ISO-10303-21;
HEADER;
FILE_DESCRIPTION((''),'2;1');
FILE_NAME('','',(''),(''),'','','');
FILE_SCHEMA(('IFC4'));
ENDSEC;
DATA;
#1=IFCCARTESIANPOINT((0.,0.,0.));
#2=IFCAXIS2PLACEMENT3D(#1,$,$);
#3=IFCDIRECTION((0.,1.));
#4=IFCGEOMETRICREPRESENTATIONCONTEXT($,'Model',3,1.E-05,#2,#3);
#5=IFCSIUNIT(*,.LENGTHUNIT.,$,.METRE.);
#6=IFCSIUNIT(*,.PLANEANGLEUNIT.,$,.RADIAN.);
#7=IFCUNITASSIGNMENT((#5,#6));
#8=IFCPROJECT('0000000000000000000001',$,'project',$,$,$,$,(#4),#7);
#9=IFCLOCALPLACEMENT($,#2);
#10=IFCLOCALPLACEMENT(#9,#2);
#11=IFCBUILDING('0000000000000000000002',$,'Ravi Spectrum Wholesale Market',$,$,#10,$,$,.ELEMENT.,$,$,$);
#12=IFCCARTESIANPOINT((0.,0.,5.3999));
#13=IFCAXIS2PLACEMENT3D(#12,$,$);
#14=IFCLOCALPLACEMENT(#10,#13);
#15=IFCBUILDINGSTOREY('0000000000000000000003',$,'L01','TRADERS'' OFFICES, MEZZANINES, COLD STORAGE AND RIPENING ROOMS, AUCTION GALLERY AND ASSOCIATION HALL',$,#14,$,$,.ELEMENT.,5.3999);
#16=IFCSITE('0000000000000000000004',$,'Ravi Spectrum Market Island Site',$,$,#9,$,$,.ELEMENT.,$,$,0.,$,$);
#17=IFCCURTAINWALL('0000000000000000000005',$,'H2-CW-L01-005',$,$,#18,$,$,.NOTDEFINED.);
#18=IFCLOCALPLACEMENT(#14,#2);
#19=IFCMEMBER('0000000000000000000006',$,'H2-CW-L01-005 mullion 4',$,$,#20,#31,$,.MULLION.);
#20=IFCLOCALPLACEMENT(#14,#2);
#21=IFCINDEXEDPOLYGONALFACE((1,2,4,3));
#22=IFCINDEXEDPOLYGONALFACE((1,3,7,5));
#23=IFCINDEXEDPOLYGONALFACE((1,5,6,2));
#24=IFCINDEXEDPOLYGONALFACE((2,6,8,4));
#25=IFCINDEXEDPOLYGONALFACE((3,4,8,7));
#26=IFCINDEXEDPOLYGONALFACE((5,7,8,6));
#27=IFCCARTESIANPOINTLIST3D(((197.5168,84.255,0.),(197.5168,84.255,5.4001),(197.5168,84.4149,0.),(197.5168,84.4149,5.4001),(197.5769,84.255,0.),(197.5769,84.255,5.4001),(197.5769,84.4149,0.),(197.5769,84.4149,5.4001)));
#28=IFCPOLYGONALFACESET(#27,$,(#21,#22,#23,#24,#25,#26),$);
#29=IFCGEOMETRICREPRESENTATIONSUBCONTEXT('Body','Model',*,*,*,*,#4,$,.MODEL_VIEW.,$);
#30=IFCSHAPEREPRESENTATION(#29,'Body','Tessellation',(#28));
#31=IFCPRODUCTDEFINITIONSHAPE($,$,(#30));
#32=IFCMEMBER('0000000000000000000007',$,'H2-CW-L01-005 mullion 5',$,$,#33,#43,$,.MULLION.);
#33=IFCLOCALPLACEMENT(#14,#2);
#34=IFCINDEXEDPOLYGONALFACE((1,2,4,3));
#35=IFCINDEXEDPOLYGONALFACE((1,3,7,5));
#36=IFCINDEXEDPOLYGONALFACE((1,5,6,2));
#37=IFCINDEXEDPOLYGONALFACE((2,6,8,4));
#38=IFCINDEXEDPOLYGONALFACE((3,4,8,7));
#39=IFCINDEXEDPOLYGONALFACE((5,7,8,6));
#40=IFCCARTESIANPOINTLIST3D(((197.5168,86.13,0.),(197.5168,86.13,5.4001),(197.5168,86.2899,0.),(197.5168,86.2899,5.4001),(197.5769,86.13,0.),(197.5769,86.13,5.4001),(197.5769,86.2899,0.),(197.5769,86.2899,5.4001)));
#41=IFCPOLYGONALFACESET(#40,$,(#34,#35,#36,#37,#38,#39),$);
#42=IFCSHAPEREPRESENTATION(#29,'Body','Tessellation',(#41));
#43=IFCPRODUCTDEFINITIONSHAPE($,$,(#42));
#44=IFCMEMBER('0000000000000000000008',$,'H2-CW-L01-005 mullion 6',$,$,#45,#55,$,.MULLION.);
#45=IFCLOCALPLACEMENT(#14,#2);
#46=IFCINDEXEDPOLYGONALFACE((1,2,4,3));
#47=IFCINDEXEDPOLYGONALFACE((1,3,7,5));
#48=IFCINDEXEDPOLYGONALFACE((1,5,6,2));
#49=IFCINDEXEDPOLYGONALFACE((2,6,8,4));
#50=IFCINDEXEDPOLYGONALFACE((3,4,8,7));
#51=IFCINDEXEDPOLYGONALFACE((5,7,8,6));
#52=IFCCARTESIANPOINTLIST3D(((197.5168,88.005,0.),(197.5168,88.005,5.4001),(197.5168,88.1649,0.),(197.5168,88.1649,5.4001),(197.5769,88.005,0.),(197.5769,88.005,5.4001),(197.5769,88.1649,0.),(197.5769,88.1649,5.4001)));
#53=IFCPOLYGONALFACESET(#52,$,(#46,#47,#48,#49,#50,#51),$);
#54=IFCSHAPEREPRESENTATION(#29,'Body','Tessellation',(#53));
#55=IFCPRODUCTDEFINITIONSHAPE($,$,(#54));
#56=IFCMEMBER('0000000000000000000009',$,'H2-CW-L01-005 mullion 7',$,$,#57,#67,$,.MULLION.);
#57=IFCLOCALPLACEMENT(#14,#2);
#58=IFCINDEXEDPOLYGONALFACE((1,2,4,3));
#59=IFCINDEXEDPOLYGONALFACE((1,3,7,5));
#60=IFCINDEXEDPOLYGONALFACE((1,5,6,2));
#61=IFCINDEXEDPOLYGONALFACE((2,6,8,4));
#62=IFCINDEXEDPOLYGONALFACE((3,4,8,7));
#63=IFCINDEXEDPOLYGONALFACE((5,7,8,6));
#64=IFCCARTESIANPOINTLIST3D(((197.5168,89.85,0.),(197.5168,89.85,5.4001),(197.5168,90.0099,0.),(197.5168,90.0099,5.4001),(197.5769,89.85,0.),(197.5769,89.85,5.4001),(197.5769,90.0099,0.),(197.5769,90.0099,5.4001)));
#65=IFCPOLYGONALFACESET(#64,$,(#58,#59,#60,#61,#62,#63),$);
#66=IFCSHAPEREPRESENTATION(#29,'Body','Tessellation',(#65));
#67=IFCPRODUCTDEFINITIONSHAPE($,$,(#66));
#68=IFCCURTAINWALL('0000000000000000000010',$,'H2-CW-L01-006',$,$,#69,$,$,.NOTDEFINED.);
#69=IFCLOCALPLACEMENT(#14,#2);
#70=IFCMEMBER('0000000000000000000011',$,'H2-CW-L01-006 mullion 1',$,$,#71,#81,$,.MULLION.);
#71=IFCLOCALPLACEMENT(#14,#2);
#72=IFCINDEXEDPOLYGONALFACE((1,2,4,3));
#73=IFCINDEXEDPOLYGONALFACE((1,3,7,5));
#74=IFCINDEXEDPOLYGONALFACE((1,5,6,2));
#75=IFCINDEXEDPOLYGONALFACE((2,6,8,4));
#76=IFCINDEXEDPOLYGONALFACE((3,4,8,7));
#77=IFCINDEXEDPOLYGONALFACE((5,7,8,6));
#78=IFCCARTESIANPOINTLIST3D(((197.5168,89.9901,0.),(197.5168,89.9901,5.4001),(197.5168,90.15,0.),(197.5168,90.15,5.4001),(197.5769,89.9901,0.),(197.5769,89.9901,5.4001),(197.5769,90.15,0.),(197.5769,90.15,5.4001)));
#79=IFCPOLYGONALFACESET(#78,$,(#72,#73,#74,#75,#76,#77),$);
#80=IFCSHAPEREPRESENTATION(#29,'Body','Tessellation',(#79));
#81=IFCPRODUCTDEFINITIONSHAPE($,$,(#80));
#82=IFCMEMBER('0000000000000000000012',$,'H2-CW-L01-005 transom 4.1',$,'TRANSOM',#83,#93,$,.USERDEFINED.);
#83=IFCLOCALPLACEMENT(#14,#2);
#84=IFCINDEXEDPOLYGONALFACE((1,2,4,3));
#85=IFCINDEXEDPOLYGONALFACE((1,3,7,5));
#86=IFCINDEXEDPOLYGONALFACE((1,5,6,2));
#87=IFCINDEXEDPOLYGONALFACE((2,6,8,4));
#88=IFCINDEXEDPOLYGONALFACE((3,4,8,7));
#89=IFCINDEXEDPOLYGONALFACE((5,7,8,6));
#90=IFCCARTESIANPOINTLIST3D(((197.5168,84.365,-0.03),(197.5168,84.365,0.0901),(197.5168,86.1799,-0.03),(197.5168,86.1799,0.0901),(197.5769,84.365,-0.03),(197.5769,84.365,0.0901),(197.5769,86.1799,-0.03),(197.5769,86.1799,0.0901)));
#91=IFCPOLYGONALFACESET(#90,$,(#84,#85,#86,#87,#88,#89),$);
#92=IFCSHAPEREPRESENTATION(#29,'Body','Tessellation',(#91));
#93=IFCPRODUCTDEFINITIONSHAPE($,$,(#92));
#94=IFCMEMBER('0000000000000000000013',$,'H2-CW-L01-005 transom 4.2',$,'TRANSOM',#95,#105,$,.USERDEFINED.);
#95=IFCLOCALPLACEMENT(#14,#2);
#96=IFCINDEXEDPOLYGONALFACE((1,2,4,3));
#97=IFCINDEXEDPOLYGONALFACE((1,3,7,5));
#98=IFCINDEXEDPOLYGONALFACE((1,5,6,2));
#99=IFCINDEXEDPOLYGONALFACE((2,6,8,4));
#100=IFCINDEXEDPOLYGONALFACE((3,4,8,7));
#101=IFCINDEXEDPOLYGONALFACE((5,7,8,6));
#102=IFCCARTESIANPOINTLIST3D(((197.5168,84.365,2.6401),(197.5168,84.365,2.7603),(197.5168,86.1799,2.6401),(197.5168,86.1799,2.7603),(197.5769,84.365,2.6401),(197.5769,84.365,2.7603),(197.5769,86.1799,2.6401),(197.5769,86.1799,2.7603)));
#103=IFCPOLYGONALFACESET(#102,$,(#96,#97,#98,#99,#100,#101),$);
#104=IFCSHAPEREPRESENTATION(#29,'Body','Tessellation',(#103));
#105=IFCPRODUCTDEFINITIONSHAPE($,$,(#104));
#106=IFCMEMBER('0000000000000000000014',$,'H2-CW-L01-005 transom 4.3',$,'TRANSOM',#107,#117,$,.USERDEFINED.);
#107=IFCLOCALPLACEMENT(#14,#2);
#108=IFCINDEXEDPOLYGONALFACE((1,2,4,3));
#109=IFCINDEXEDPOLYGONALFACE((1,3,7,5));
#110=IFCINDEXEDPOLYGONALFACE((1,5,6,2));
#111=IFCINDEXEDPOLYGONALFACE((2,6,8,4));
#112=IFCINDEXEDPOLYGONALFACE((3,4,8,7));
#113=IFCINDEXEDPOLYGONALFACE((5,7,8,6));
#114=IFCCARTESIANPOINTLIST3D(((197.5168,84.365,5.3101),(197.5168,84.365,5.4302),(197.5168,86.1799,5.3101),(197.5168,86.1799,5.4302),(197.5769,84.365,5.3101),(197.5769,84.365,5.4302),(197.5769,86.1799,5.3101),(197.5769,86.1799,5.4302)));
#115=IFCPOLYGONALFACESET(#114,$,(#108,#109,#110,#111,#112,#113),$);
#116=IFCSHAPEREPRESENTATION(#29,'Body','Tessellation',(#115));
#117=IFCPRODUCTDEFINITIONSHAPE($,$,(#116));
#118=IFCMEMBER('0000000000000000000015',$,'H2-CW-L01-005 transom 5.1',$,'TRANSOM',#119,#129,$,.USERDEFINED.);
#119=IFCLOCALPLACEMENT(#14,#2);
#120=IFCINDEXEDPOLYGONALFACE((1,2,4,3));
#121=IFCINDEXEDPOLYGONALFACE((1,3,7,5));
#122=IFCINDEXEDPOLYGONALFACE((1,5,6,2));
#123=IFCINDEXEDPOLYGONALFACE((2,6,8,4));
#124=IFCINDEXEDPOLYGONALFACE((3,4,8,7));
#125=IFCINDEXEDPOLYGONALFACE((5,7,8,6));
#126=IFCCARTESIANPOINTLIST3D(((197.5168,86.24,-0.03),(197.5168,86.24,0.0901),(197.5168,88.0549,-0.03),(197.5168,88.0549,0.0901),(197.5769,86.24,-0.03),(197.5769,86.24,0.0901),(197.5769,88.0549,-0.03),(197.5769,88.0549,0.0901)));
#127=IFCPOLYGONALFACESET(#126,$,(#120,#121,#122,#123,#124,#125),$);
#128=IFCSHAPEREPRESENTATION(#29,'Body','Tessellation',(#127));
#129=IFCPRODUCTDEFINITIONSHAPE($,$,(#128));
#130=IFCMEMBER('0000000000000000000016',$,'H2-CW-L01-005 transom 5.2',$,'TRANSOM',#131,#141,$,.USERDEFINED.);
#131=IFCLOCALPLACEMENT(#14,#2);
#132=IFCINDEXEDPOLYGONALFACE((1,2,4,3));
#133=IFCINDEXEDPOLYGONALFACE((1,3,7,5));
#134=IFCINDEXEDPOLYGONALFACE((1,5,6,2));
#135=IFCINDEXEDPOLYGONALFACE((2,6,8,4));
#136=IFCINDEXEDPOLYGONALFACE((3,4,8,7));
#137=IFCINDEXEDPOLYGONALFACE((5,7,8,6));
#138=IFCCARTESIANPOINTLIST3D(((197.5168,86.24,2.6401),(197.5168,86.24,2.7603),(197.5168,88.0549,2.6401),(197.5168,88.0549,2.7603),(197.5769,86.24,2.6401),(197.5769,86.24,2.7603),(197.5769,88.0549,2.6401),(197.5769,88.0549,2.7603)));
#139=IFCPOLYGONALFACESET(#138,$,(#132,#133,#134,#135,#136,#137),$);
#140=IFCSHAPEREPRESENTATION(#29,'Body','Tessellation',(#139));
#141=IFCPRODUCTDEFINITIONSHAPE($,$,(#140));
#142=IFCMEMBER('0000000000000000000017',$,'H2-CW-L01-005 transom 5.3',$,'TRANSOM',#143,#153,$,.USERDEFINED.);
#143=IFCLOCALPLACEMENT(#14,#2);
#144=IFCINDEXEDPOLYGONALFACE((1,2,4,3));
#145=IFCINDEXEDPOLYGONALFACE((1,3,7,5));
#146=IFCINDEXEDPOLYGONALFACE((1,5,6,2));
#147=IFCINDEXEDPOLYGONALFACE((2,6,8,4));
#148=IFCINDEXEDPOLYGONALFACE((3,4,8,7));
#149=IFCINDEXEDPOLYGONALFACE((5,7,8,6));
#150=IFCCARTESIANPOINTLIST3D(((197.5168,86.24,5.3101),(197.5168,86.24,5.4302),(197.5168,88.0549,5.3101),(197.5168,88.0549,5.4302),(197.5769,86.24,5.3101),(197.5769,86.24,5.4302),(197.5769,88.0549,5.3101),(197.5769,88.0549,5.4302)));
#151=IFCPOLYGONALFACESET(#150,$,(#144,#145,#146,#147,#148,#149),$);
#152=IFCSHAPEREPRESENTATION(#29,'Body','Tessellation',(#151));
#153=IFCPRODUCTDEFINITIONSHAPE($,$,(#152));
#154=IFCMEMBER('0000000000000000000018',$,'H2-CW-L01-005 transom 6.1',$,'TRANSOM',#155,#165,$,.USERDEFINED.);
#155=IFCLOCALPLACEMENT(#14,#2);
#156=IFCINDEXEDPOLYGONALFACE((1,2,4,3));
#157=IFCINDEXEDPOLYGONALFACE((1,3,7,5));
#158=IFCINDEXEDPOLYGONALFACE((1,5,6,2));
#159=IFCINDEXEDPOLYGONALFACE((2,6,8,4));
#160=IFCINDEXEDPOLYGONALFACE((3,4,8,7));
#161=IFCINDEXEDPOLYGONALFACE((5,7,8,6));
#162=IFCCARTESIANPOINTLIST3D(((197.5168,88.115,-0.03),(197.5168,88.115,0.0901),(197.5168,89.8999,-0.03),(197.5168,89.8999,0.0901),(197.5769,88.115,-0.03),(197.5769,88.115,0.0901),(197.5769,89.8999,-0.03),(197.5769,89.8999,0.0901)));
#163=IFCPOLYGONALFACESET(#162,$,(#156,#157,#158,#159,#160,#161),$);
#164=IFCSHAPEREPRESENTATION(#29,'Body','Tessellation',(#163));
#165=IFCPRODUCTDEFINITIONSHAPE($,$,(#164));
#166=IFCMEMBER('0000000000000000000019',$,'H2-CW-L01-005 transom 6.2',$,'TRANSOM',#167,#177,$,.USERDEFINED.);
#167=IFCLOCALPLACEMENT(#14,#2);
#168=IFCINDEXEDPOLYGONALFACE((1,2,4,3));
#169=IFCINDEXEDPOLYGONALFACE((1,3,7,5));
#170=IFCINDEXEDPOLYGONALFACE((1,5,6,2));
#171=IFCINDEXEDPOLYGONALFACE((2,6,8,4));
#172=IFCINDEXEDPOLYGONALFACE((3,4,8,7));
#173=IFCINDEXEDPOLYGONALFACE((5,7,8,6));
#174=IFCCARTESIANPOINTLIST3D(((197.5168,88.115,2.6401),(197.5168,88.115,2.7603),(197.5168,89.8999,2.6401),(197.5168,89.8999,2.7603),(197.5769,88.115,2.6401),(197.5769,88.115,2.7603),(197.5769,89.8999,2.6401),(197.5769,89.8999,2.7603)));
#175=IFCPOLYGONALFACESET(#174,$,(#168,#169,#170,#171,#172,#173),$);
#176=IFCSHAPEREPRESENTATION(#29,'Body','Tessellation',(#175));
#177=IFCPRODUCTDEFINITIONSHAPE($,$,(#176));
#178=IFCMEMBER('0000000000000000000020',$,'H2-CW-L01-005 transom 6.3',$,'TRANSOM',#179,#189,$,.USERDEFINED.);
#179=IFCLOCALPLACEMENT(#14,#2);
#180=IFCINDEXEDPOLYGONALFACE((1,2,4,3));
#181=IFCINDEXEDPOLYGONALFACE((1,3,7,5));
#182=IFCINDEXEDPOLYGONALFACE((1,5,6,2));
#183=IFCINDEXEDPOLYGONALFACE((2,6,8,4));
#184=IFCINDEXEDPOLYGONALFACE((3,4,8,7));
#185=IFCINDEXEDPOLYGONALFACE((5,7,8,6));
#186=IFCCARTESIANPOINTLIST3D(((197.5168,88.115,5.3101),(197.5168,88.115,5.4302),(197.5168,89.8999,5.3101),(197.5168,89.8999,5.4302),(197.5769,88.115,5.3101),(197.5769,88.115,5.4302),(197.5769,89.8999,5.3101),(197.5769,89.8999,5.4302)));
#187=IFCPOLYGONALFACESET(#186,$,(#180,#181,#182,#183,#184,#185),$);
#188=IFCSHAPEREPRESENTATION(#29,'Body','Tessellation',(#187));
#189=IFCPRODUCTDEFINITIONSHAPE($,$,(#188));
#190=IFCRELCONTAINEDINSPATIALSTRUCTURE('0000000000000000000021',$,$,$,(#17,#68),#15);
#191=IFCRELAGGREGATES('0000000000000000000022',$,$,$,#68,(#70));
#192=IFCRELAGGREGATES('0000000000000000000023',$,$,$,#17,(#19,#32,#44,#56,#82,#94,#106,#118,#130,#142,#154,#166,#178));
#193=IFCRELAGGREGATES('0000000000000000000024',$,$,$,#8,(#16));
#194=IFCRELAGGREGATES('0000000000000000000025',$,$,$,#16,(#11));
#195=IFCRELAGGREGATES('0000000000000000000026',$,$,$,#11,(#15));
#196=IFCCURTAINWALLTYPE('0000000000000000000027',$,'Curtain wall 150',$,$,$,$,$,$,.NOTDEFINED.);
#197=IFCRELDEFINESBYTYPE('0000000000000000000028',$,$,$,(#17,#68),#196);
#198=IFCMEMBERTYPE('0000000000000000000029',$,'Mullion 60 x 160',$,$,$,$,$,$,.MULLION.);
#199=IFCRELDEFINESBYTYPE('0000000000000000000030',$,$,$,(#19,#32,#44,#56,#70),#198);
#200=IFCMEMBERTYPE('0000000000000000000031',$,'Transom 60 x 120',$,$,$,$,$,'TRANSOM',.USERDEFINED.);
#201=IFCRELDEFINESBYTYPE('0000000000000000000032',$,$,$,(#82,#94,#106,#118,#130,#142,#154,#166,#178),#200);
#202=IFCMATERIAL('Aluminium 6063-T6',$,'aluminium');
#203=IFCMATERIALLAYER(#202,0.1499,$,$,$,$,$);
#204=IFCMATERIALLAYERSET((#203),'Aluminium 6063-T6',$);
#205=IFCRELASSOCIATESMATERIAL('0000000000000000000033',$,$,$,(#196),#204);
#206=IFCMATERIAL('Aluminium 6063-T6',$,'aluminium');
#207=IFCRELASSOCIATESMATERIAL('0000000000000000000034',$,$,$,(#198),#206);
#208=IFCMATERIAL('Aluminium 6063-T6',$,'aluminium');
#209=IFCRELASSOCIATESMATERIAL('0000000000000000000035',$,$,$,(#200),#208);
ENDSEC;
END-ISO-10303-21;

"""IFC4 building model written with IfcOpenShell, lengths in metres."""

from ifc_helpers import new_model, si_unit, direction, frame, origin, origin_2d, place, context, subcontext, project, spatial, rectangle, extrude, material, layer, layer_set, material_profile, profile_set, type_object, element, aggregate, save


model = new_model("IFC4")

# Units and contexts
model_context = context("Model", 3, precision=1e-05, world=origin(), true_north=direction((0.0, 1.0)))
body_context = subcontext(model_context, "Body", "Model", "MODEL_VIEW")
ifc_project = project(units=[si_unit("LENGTHUNIT", "METRE"), si_unit("PLANEANGLEUNIT", "RADIAN")], contexts=[model_context])

# Site, building, storey
site_placement = place(None, origin())
site = spatial("IfcSite", under=ifc_project, at=site_placement, Name="Ravi Spectrum Market Island Site", CompositionType="ELEMENT", RefElevation=0.0)
building_placement = place(site_placement, origin())
building = spatial("IfcBuilding", under=site, at=building_placement, Name="Ravi Spectrum Wholesale Market", CompositionType="ELEMENT")
storey_placement = place(building_placement, frame((0.0, 0.0, 5.3999)))
storey = spatial("IfcBuildingStorey", under=building, at=storey_placement, Name="L01", Description="TRADERS' OFFICES, MEZZANINES, COLD STORAGE AND RIPENING ROOMS, AUCTION GALLERY AND ASSOCIATION HALL", CompositionType="ELEMENT", Elevation=5.3999)

# Curtain wall, members
ifc_material_1 = material(Name="Aluminium 6063-T6", Category="aluminium")
ifc_layer_1 = layer(ifc_material_1, 0.1499)
ifc_layer_set_1 = layer_set([ifc_layer_1], Name="Aluminium 6063-T6")
curtain_wall_type = type_object("IfcCurtainWallType", Name="Curtain wall 150", PredefinedType="NOTDEFINED", material=ifc_layer_set_1)
curtain_wall_1_placement = place(storey_placement, origin())
curtain_wall_1 = element("IfcCurtainWall", 1, at=curtain_wall_1_placement, inside=storey, type_object=curtain_wall_type, Name="H2-CW-L01-005", PredefinedType="NOTDEFINED")
ifc_material_2 = material(Name="Aluminium 6063-T6", Category="aluminium")
ifc_material_profile_1 = material_profile(ifc_material_2, rectangle(XDim=0.0601, YDim=0.1599, at=origin_2d()))
ifc_profile_set_1 = profile_set([ifc_material_profile_1], Name="Aluminium 6063-T6")
member_type_1 = type_object("IfcMemberType", Name="Mullion 60 x 160", PredefinedType="MULLION", material=ifc_profile_set_1)
member_1_placement = place(storey_placement, frame((197.5469, 84.335, 0.0), z_axis=(0.0, 0.0, 1.0), x_axis=(-1.0, 0.0, 0.0)))
member_1 = element("IfcMember", 2, at=member_1_placement, type_object=member_type_1, Name="H2-CW-L01-005 mullion 4", PredefinedType="MULLION", context=body_context, shape_type="SweptSolid", body=[
    extrude(rectangle(XDim=0.0601, YDim=0.1599, at=origin_2d()), origin(), (0.0, 0.0, 1.0), 5.4001),
])
member_2_placement = place(storey_placement, frame((197.5469, 86.21, 0.0), z_axis=(0.0, 0.0, 1.0), x_axis=(-1.0, 0.0, 0.0)))
member_2 = element("IfcMember", 3, at=member_2_placement, type_object=member_type_1, Name="H2-CW-L01-005 mullion 5", PredefinedType="MULLION", context=body_context, shape_type="SweptSolid", body=[
    extrude(rectangle(XDim=0.0601, YDim=0.1599, at=origin_2d()), origin(), (0.0, 0.0, 1.0), 5.4001),
])
member_3_placement = place(storey_placement, frame((197.5469, 88.085, 0.0), z_axis=(0.0, 0.0, 1.0), x_axis=(-1.0, 0.0, 0.0)))
member_3 = element("IfcMember", 4, at=member_3_placement, type_object=member_type_1, Name="H2-CW-L01-005 mullion 6", PredefinedType="MULLION", context=body_context, shape_type="SweptSolid", body=[
    extrude(rectangle(XDim=0.0601, YDim=0.1599, at=origin_2d()), origin(), (0.0, 0.0, 1.0), 5.4001),
])
member_4_placement = place(storey_placement, frame((197.5469, 89.9299, 0.0), z_axis=(0.0, 0.0, 1.0), x_axis=(-1.0, 0.0, 0.0)))
member_4 = element("IfcMember", 5, at=member_4_placement, type_object=member_type_1, Name="H2-CW-L01-005 mullion 7", PredefinedType="MULLION", context=body_context, shape_type="SweptSolid", body=[
    extrude(rectangle(XDim=0.0601, YDim=0.1599, at=origin_2d()), origin(), (0.0, 0.0, 1.0), 5.4001),
])

# Curtain wall, member
curtain_wall_2_placement = place(storey_placement, origin())
curtain_wall_2 = element("IfcCurtainWall", 6, at=curtain_wall_2_placement, inside=storey, type_object=curtain_wall_type, Name="H2-CW-L01-006", PredefinedType="NOTDEFINED")
member_5_placement = place(storey_placement, frame((197.5469, 90.0701, 0.0), z_axis=(0.0, 0.0, 1.0), x_axis=(-1.0, 0.0, 0.0)))
member_5 = element("IfcMember", 7, at=member_5_placement, type_object=member_type_1, Name="H2-CW-L01-006 mullion 1", PredefinedType="MULLION", context=body_context, shape_type="SweptSolid", body=[
    extrude(rectangle(XDim=0.0601, YDim=0.1599, at=origin_2d()), origin(), (0.0, 0.0, 1.0), 5.4001),
])
aggregate(curtain_wall_2, [member_5])

# Members
ifc_material_3 = material(Name="Aluminium 6063-T6", Category="aluminium")
ifc_material_profile_2 = material_profile(ifc_material_3, rectangle(XDim=0.0601, YDim=0.1201, at=origin_2d()))
ifc_profile_set_2 = profile_set([ifc_material_profile_2], Name="Aluminium 6063-T6")
member_type_2 = type_object("IfcMemberType", Name="Transom 60 x 120", ElementType="TRANSOM", PredefinedType="USERDEFINED", material=ifc_profile_set_2)
member_6_placement = place(storey_placement, frame((197.5469, 84.365, 0.03), z_axis=(0.0, 1.0, 0.0), x_axis=(-1.0, 0.0, 0.0)))
member_6 = element("IfcMember", 8, at=member_6_placement, type_object=member_type_2, Name="H2-CW-L01-005 transom 4.1", ObjectType="TRANSOM", PredefinedType="USERDEFINED", context=body_context, shape_type="SweptSolid", body=[
    extrude(rectangle(XDim=0.0601, YDim=0.1201, at=origin_2d()), origin(), (0.0, 0.0, 1.0), 1.8149),
])
member_7_placement = place(storey_placement, frame((197.5469, 84.365, 2.7002), z_axis=(0.0, 1.0, 0.0), x_axis=(-1.0, 0.0, 0.0)))
member_7 = element("IfcMember", 9, at=member_7_placement, type_object=member_type_2, Name="H2-CW-L01-005 transom 4.2", ObjectType="TRANSOM", PredefinedType="USERDEFINED", context=body_context, shape_type="SweptSolid", body=[
    extrude(rectangle(XDim=0.0601, YDim=0.1201, at=origin_2d()), origin(), (0.0, 0.0, 1.0), 1.8149),
])
member_8_placement = place(storey_placement, frame((197.5469, 84.365, 5.3701), z_axis=(0.0, 1.0, 0.0), x_axis=(-1.0, 0.0, 0.0)))
member_8 = element("IfcMember", 10, at=member_8_placement, type_object=member_type_2, Name="H2-CW-L01-005 transom 4.3", ObjectType="TRANSOM", PredefinedType="USERDEFINED", context=body_context, shape_type="SweptSolid", body=[
    extrude(rectangle(XDim=0.0601, YDim=0.1201, at=origin_2d()), origin(), (0.0, 0.0, 1.0), 1.8149),
])
member_9_placement = place(storey_placement, frame((197.5469, 86.24, 0.03), z_axis=(0.0, 1.0, 0.0), x_axis=(-1.0, 0.0, 0.0)))
member_9 = element("IfcMember", 11, at=member_9_placement, type_object=member_type_2, Name="H2-CW-L01-005 transom 5.1", ObjectType="TRANSOM", PredefinedType="USERDEFINED", context=body_context, shape_type="SweptSolid", body=[
    extrude(rectangle(XDim=0.0601, YDim=0.1201, at=origin_2d()), origin(), (0.0, 0.0, 1.0), 1.8149),
])
member_10_placement = place(storey_placement, frame((197.5469, 86.24, 2.7002), z_axis=(0.0, 1.0, 0.0), x_axis=(-1.0, 0.0, 0.0)))
member_10 = element("IfcMember", 12, at=member_10_placement, type_object=member_type_2, Name="H2-CW-L01-005 transom 5.2", ObjectType="TRANSOM", PredefinedType="USERDEFINED", context=body_context, shape_type="SweptSolid", body=[
    extrude(rectangle(XDim=0.0601, YDim=0.1201, at=origin_2d()), origin(), (0.0, 0.0, 1.0), 1.8149),
])
member_11_placement = place(storey_placement, frame((197.5469, 86.24, 5.3701), z_axis=(0.0, 1.0, 0.0), x_axis=(-1.0, 0.0, 0.0)))
member_11 = element("IfcMember", 13, at=member_11_placement, type_object=member_type_2, Name="H2-CW-L01-005 transom 5.3", ObjectType="TRANSOM", PredefinedType="USERDEFINED", context=body_context, shape_type="SweptSolid", body=[
    extrude(rectangle(XDim=0.0601, YDim=0.1201, at=origin_2d()), origin(), (0.0, 0.0, 1.0), 1.8149),
])
member_12_placement = place(storey_placement, frame((197.5469, 88.115, 0.03), z_axis=(0.0, 1.0, 0.0), x_axis=(-1.0, 0.0, 0.0)))
member_12 = element("IfcMember", 14, at=member_12_placement, type_object=member_type_2, Name="H2-CW-L01-005 transom 6.1", ObjectType="TRANSOM", PredefinedType="USERDEFINED", context=body_context, shape_type="SweptSolid", body=[
    extrude(rectangle(XDim=0.0601, YDim=0.1201, at=origin_2d()), origin(), (0.0, 0.0, 1.0), 1.7849),
])
member_13_placement = place(storey_placement, frame((197.5469, 88.115, 2.7002), z_axis=(0.0, 1.0, 0.0), x_axis=(-1.0, 0.0, 0.0)))
member_13 = element("IfcMember", 15, at=member_13_placement, type_object=member_type_2, Name="H2-CW-L01-005 transom 6.2", ObjectType="TRANSOM", PredefinedType="USERDEFINED", context=body_context, shape_type="SweptSolid", body=[
    extrude(rectangle(XDim=0.0601, YDim=0.1201, at=origin_2d()), origin(), (0.0, 0.0, 1.0), 1.7849),
])
member_14_placement = place(storey_placement, frame((197.5469, 88.115, 5.3701), z_axis=(0.0, 1.0, 0.0), x_axis=(-1.0, 0.0, 0.0)))
member_14 = element("IfcMember", 16, at=member_14_placement, type_object=member_type_2, Name="H2-CW-L01-005 transom 6.3", ObjectType="TRANSOM", PredefinedType="USERDEFINED", context=body_context, shape_type="SweptSolid", body=[
    extrude(rectangle(XDim=0.0601, YDim=0.1201, at=origin_2d()), origin(), (0.0, 0.0, 1.0), 1.7849),
])

aggregate(curtain_wall_1, [member_1, member_2, member_3, member_4, member_6, member_7, member_8, member_9, member_10, member_11, member_12, member_13, member_14])

save(model, "model.ifc")
